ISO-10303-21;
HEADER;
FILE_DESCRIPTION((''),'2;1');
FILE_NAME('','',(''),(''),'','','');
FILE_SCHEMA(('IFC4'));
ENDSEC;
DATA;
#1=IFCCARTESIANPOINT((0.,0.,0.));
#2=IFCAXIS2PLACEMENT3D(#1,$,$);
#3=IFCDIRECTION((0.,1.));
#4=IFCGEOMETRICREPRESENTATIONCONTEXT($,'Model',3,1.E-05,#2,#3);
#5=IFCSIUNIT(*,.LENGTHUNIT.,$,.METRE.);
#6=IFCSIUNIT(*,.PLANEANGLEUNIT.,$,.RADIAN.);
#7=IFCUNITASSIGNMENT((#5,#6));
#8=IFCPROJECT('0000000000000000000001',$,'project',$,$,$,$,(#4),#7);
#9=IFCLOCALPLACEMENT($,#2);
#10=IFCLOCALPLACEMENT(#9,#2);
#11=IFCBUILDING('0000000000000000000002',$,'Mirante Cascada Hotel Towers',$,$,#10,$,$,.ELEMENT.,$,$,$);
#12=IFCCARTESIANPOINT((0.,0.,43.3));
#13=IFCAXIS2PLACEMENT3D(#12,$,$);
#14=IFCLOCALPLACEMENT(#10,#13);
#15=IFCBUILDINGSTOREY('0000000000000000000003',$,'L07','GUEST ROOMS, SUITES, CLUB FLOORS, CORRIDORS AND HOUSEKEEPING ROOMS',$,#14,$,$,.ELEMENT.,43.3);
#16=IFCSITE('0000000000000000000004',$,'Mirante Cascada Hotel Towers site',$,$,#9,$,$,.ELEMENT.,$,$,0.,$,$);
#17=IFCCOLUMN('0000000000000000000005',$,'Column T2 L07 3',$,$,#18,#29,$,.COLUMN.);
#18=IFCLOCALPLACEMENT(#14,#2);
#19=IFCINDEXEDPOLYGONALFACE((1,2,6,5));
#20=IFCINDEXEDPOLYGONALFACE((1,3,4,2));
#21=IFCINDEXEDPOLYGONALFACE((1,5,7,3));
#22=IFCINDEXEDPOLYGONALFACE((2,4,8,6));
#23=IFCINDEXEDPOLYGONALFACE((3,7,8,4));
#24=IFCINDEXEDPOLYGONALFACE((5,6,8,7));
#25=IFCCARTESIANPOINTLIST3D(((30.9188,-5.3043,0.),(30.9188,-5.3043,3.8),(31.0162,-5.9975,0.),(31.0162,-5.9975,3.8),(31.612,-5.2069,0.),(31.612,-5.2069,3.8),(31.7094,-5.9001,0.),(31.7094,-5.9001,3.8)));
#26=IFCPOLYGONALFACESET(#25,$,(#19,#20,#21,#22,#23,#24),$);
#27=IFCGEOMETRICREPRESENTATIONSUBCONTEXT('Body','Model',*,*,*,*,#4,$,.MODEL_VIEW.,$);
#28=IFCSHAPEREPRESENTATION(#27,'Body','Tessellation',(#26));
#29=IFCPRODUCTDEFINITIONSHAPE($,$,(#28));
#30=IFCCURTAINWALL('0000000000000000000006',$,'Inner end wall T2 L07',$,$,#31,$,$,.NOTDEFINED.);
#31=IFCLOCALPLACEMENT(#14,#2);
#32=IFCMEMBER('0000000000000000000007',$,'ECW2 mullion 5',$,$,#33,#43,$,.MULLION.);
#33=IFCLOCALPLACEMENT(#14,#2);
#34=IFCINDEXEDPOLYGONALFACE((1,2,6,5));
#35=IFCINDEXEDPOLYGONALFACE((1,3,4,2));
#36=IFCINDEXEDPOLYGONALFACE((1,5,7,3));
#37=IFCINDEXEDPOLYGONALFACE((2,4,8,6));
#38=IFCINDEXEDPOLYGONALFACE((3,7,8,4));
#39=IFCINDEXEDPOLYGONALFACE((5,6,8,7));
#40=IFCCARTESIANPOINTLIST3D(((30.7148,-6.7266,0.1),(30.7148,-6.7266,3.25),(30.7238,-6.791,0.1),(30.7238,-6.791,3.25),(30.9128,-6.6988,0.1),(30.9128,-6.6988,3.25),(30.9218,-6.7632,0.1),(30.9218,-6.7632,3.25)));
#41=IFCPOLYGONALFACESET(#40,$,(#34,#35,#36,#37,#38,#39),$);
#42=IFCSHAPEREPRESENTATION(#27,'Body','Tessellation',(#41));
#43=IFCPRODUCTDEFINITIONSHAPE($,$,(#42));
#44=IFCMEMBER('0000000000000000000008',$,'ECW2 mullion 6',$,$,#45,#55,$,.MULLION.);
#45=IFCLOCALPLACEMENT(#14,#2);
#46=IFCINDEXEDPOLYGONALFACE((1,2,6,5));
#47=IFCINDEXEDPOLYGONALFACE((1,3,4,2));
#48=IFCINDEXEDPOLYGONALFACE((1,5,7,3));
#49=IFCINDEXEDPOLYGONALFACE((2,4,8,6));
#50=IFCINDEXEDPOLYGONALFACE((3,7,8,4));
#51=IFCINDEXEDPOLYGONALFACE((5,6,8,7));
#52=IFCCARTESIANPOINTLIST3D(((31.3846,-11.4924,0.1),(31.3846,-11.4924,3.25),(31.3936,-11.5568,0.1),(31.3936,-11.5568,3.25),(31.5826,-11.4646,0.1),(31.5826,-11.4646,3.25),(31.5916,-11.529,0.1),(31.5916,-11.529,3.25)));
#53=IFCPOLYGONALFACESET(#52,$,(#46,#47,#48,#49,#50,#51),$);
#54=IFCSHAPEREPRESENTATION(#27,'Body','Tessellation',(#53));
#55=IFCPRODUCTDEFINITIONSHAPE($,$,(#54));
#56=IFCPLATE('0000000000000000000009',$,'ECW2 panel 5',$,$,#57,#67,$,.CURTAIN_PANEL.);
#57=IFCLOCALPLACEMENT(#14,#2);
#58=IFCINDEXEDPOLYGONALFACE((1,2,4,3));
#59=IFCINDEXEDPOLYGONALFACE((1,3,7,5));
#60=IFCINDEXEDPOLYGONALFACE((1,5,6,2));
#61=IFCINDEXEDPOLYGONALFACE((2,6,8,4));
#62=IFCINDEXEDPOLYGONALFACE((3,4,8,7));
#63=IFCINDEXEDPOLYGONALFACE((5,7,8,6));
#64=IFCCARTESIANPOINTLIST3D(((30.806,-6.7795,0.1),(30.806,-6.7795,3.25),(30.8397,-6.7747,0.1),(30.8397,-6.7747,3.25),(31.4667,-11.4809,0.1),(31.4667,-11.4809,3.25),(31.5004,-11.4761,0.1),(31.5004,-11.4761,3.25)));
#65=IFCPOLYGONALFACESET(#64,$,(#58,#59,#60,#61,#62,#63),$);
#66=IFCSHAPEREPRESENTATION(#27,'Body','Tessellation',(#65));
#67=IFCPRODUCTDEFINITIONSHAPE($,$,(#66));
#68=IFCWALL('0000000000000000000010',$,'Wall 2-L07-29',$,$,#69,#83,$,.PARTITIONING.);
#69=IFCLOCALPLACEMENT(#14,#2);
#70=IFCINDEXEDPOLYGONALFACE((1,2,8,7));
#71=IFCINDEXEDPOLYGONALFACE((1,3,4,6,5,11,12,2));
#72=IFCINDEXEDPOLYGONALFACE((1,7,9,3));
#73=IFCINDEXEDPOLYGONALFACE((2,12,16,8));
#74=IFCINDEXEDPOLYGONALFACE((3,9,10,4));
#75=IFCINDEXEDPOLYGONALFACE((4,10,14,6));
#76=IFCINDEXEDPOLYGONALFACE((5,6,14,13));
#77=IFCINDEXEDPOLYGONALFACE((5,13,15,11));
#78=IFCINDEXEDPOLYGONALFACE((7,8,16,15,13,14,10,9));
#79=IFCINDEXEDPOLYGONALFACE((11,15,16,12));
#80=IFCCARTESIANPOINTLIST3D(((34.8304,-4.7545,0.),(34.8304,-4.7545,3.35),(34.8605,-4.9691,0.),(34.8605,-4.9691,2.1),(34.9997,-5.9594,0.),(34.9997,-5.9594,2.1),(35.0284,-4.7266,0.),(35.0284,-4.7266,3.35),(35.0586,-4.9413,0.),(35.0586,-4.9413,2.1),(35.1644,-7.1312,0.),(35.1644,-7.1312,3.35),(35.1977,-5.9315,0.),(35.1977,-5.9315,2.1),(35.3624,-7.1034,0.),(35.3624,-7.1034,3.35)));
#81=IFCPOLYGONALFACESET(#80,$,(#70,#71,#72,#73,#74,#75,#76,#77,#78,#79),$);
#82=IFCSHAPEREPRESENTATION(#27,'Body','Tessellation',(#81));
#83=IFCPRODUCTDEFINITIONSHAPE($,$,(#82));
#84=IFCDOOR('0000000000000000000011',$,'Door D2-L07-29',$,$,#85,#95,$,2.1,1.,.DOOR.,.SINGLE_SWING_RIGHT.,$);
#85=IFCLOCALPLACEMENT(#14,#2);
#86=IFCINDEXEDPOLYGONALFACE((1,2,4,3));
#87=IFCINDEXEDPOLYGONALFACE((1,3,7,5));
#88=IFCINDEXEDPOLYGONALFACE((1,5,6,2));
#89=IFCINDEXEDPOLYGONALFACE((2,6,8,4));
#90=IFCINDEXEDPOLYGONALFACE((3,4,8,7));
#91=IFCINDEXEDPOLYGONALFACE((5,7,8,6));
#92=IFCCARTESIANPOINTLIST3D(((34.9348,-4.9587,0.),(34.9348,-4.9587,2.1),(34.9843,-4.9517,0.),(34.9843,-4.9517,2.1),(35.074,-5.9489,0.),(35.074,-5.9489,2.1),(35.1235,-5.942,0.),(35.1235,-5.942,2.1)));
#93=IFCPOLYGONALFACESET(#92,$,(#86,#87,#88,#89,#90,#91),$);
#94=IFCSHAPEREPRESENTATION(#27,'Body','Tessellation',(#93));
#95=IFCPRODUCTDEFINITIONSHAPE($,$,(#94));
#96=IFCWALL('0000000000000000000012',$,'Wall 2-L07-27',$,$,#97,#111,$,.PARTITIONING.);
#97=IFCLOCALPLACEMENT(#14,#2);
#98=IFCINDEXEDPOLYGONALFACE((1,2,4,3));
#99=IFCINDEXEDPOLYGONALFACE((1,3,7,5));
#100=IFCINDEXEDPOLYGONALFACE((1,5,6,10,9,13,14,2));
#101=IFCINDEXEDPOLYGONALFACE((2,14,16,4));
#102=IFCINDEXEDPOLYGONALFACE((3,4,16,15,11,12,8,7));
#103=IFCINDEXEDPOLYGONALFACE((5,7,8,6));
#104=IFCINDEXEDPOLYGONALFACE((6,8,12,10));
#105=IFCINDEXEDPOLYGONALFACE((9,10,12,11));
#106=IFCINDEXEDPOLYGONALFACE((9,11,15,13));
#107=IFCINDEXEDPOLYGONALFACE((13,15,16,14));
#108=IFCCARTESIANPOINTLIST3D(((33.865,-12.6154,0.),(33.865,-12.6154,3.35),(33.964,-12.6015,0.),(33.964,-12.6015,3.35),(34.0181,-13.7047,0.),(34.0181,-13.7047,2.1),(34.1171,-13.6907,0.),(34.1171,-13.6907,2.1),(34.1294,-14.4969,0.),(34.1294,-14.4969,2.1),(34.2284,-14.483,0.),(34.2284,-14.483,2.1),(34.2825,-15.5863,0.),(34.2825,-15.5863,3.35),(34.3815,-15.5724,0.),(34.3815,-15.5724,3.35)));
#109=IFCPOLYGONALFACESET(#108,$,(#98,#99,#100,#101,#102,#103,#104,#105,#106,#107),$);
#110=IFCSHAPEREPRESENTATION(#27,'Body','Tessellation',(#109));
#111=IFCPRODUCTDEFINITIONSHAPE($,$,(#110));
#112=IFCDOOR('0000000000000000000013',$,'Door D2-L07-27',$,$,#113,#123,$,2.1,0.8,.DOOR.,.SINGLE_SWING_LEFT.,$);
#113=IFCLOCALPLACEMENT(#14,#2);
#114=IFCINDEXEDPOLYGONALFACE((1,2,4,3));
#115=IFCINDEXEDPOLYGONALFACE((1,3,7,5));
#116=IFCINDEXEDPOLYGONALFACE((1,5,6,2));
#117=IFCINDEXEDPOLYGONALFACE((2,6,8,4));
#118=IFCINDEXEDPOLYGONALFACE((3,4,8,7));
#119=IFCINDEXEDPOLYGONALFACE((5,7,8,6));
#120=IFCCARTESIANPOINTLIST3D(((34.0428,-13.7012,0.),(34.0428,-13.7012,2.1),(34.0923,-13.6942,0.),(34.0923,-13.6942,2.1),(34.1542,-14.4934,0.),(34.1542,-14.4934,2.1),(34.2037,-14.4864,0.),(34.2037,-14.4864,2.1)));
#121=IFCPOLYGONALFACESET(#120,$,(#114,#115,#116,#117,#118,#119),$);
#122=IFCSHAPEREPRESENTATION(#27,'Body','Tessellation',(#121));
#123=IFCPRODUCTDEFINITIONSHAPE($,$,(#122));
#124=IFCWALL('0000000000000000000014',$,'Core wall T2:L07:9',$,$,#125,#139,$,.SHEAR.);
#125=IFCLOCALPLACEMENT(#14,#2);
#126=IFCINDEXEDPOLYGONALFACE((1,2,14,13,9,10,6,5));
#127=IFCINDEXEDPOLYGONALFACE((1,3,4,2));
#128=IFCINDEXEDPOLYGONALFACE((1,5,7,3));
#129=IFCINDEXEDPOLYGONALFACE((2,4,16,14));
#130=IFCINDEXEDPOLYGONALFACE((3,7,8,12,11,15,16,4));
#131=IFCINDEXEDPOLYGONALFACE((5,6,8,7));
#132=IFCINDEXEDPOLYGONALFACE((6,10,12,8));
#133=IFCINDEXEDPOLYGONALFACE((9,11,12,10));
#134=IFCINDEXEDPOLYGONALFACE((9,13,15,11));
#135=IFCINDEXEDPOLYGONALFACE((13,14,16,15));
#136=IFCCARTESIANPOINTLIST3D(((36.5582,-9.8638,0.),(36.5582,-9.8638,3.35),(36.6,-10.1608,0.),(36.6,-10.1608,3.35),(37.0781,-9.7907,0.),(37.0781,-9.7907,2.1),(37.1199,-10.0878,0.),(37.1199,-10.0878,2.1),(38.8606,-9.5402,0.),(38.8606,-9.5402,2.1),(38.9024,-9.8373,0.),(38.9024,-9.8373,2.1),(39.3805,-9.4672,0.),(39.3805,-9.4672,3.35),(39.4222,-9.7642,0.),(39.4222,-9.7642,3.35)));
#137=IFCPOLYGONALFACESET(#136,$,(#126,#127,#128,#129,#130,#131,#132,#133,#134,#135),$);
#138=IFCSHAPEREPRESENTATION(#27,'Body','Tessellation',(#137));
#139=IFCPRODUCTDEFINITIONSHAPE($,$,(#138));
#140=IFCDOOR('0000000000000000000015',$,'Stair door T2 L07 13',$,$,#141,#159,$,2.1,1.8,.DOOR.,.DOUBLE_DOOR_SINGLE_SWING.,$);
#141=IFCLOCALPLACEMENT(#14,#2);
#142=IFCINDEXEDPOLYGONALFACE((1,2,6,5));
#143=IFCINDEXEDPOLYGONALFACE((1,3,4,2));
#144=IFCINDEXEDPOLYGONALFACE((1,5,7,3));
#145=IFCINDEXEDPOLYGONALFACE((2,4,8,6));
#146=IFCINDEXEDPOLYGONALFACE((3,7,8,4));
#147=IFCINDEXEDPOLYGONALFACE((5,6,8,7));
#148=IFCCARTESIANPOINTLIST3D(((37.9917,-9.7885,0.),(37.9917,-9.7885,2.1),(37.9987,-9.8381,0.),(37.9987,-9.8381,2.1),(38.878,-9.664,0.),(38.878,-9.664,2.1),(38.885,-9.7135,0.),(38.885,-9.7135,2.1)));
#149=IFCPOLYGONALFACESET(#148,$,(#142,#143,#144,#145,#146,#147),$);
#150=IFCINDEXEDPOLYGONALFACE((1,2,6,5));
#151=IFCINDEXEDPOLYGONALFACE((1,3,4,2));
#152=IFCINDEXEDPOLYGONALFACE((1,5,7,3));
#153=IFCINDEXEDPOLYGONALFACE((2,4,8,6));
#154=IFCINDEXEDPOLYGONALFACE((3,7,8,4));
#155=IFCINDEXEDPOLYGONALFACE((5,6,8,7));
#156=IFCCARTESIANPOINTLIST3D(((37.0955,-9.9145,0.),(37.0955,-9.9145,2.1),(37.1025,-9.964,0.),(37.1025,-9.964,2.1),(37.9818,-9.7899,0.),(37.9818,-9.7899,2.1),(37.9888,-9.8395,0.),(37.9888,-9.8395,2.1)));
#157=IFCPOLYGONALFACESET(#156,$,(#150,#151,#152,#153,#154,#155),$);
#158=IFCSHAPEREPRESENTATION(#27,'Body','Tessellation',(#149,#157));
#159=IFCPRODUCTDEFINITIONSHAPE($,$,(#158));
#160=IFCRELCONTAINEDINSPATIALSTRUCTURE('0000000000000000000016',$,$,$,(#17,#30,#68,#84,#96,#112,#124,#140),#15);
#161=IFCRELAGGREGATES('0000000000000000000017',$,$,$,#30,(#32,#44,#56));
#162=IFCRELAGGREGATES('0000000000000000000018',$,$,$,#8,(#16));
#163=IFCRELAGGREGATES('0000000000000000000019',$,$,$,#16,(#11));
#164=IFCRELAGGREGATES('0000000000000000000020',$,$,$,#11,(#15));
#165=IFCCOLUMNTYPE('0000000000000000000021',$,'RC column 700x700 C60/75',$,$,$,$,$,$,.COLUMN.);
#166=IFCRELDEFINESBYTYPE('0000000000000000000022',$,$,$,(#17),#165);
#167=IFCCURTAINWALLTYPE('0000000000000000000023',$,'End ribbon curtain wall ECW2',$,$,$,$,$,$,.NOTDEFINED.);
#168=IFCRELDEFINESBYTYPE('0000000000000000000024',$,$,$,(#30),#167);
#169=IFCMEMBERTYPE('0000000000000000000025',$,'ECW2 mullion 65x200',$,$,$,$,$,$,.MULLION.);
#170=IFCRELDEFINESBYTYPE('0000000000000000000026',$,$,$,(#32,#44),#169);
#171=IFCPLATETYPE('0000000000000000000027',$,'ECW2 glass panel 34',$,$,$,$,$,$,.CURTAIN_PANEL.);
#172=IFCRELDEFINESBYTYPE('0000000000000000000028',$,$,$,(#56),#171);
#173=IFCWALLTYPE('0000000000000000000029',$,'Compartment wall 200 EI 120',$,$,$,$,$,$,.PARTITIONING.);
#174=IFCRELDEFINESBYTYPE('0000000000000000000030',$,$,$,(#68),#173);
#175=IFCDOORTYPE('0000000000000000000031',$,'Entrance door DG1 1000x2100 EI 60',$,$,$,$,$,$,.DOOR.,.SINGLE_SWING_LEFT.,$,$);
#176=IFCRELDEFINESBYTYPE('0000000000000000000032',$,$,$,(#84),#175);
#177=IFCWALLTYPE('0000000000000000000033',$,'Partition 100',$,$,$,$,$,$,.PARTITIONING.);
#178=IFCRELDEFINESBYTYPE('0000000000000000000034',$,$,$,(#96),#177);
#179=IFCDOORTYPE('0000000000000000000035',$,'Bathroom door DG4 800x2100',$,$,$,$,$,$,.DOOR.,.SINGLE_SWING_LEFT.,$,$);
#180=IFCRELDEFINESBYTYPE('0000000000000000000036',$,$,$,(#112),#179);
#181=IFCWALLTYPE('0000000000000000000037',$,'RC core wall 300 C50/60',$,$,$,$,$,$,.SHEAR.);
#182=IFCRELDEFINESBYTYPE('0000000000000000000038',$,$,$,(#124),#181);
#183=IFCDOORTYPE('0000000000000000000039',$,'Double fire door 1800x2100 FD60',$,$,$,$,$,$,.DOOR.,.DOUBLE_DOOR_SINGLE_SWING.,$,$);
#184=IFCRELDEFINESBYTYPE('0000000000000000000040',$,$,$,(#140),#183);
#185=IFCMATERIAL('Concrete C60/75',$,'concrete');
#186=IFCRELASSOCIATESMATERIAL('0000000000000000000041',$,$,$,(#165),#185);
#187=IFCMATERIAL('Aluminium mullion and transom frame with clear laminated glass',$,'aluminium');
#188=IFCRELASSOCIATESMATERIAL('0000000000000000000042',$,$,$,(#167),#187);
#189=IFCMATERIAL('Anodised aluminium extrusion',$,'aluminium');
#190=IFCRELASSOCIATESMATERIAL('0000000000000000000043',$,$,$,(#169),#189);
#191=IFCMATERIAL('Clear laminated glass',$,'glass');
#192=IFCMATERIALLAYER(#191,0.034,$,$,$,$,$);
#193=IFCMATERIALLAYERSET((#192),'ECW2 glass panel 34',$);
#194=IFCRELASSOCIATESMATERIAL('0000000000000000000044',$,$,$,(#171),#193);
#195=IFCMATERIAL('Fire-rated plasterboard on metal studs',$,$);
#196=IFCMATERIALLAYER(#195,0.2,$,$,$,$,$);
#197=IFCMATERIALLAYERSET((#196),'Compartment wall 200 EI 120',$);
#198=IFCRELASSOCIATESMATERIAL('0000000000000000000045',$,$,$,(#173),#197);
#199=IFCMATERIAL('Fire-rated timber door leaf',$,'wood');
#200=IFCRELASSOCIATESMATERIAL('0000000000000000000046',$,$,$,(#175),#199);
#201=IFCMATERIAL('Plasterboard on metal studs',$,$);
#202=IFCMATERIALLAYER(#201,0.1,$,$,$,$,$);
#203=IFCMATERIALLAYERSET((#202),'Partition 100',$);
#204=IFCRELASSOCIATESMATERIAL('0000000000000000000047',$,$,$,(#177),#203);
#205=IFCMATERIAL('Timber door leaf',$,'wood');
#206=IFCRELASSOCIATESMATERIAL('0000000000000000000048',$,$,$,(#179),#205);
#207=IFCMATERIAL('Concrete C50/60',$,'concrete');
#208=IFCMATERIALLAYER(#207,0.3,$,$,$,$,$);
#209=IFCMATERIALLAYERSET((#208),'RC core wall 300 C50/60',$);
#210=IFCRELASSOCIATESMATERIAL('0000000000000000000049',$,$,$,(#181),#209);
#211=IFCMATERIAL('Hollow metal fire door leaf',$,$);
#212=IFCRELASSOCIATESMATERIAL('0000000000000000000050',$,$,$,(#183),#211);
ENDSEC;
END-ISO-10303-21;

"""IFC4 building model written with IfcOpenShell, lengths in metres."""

from ifc_helpers import new_model, si_unit, direction, frame, frame_2d, origin, origin_2d, place, context, subcontext, project, spatial, rectangle, extrude, material, layer, layer_set, material_profile, profile_set, type_object, element, fill, aggregate, save


model = new_model("IFC4")

# Units and contexts
model_context = context("Model", 3, precision=1e-05, world=origin(), true_north=direction((0.0, 1.0)))
body_context = subcontext(model_context, "Body", "Model", "MODEL_VIEW")
ifc_project = project(units=[si_unit("LENGTHUNIT", "METRE"), si_unit("PLANEANGLEUNIT", "RADIAN")], contexts=[model_context])

# Site, building, storey
site_placement = place(None, origin())
site = spatial("IfcSite", under=ifc_project, at=site_placement, Name="Mirante Cascada Hotel Towers site", CompositionType="ELEMENT", RefElevation=0.0)
building_placement = place(site_placement, origin())
building = spatial("IfcBuilding", under=site, at=building_placement, Name="Mirante Cascada Hotel Towers", CompositionType="ELEMENT")
storey_placement = place(building_placement, frame((0.0, 0.0, 43.3)))
storey = spatial("IfcBuildingStorey", under=building, at=storey_placement, Name="L07", Description="GUEST ROOMS, SUITES, CLUB FLOORS, CORRIDORS AND HOUSEKEEPING ROOMS", CompositionType="ELEMENT", Elevation=43.3)

# Column
ifc_material_1 = material(Name="Concrete C60/75", Category="concrete")
ifc_material_profile_1 = material_profile(ifc_material_1, rectangle(XDim=0.7, YDim=0.7, at=origin_2d()), Name="RC column 700x700 C60/75")
ifc_profile_set_1 = profile_set([ifc_material_profile_1], Name="Concrete C60/75")
column_type = type_object("IfcColumnType", Name="RC column 700x700 C60/75", PredefinedType="COLUMN", material=ifc_profile_set_1)
column_placement = place(storey_placement, frame((31.3141, -5.6022, 0.0), z_axis=(0.0, 0.0, 1.0), x_axis=(0.990268, 0.139173, 0.0)))
element("IfcColumn", 1, at=column_placement, inside=storey, type_object=column_type, Name="Column T2 L07 3", PredefinedType="COLUMN", context=body_context, shape_type="SweptSolid", body=[
    extrude(rectangle(XDim=0.7, YDim=0.7, at=origin_2d()), origin(), (0.0, 0.0, 1.0), 3.8),
])

# Curtain wall, members, plate
ifc_material_2 = material(Name="Aluminium mullion and transom frame with clear laminated glass", Category="aluminium")
curtain_wall_type = type_object("IfcCurtainWallType", Name="End ribbon curtain wall ECW2", PredefinedType="NOTDEFINED", material=ifc_material_2)
curtain_wall_placement = place(storey_placement, origin())
curtain_wall = element("IfcCurtainWall", 2, at=curtain_wall_placement, inside=storey, type_object=curtain_wall_type, Name="Inner end wall T2 L07", PredefinedType="NOTDEFINED")
ifc_material_3 = material(Name="Anodised aluminium extrusion", Category="aluminium")
ifc_material_profile_2 = material_profile(ifc_material_3, rectangle(XDim=0.2, YDim=0.065, at=origin_2d()), Name="ECW2 MULLION 65x200")
ifc_profile_set_2 = profile_set([ifc_material_profile_2], Name="Anodised aluminium extrusion")
member_type = type_object("IfcMemberType", Name="ECW2 mullion 65x200", PredefinedType="MULLION", material=ifc_profile_set_2)
member_1_placement = place(storey_placement, frame((30.8183, -6.7449, 0.1), z_axis=(0.0, 0.0, 1.0), x_axis=(0.990268, 0.139173, 0.0)))
member_1 = element("IfcMember", 3, at=member_1_placement, type_object=member_type, Name="ECW2 mullion 5", PredefinedType="MULLION", context=body_context, shape_type="SweptSolid", body=[
    extrude(rectangle(XDim=0.2, YDim=0.065, at=origin_2d()), origin(), (0.0, 0.0, 1.0), 3.15),
])
member_2_placement = place(storey_placement, frame((31.4881, -11.5107, 0.1), z_axis=(0.0, 0.0, 1.0), x_axis=(0.990268, 0.139173, 0.0)))
member_2 = element("IfcMember", 4, at=member_2_placement, type_object=member_type, Name="ECW2 mullion 6", PredefinedType="MULLION", context=body_context, shape_type="SweptSolid", body=[
    extrude(rectangle(XDim=0.2, YDim=0.065, at=origin_2d()), origin(), (0.0, 0.0, 1.0), 3.15),
])
ifc_material_4 = material(Name="Clear laminated glass", Category="glass")
ifc_layer_1 = layer(ifc_material_4, 0.034)
ifc_layer_set_1 = layer_set([ifc_layer_1], Name="ECW2 glass panel 34")
plate_type = type_object("IfcPlateType", Name="ECW2 glass panel 34", PredefinedType="CURTAIN_PANEL", material=ifc_layer_set_1)
plate_placement = place(storey_placement, frame((31.1532, -9.1278, 0.1), z_axis=(0.0, 0.0, 1.0), x_axis=(0.139173, -0.990268, 0.0)))
plate = element("IfcPlate", 5, at=plate_placement, type_object=plate_type, Name="ECW2 panel 5", PredefinedType="CURTAIN_PANEL", context=body_context, shape_type="SweptSolid", body=[
    extrude(rectangle(XDim=4.7476, YDim=0.034, at=origin_2d()), origin(), (0.0, 0.0, 1.0), 3.15),
])
aggregate(curtain_wall, [member_1, member_2, plate])

# Walls, openings, doors
ifc_material_5 = material(Name="Fire-rated plasterboard on metal studs")
ifc_layer_2 = layer(ifc_material_5, 0.2)
ifc_layer_set_2 = layer_set([ifc_layer_2], Name="Compartment wall 200 EI 120")
wall_type_1 = type_object("IfcWallType", Name="Compartment wall 200 EI 120", PredefinedType="PARTITIONING", material=ifc_layer_set_2)
wall_1_placement = place(storey_placement, frame((34.9294, -4.7406, 0.0), z_axis=(0.0, 0.0, 1.0), x_axis=(0.139163, -0.990269, 0.0)))
wall_1 = element("IfcWall", 6, at=wall_1_placement, inside=storey, type_object=wall_type_1, Name="Wall 2-L07-29", PredefinedType="PARTITIONING", context=body_context, shape_type="SweptSolid", body=[
    extrude(rectangle(XDim=2.4001, YDim=0.2, at=frame_2d((1.2, 0.0))), origin(), (0.0, 0.0, 1.0), 3.35),
])
opening_1_placement = place(wall_1_placement, frame((0.2167, 0.0, 0.0)))
opening_1 = element("IfcOpeningElement", 7, at=opening_1_placement, cuts=wall_1, PredefinedType="OPENING", context=body_context, shape_type="SweptSolid", body=[
    extrude(rectangle(XDim=1.0, YDim=2.1, at=frame_2d((0.5, 1.05))), frame((0.0, 0.1, 0.0), z_axis=(0.0, -1.0, 0.0), x_axis=(1.0, 0.0, 0.0)), (0.0, 0.0, 1.0), 0.2),
])
ifc_material_6 = material(Name="Fire-rated timber door leaf", Category="wood")
door_type_1 = type_object("IfcDoorType", Name="Entrance door DG1 1000x2100 EI 60", OperationType="SINGLE_SWING_LEFT", PredefinedType="DOOR", material=ifc_material_6)
door_1_placement = place(opening_1_placement, frame((1.0, 0.0, 0.0), z_axis=(0.0, 0.0, 1.0), x_axis=(-1.0, 0.0, 0.0)))
door_1 = element("IfcDoor", 8, at=door_1_placement, inside=storey, type_object=door_type_1, Name="Door D2-L07-29", OperationType="SINGLE_SWING_RIGHT", OverallHeight=2.1, OverallWidth=1.0, PredefinedType="DOOR", context=body_context, shape_type="SweptSolid", body=[
    extrude(rectangle(XDim=1.0, YDim=2.1, at=frame_2d((0.5, 1.05))), frame((0.0, 0.025, 0.0), z_axis=(0.0, -1.0, 0.0), x_axis=(1.0, 0.0, 0.0)), (0.0, 0.0, 1.0), 0.05),
])
fill(opening_1, door_1)
ifc_material_7 = material(Name="Plasterboard on metal studs")
ifc_layer_3 = layer(ifc_material_7, 0.1)
ifc_layer_set_3 = layer_set([ifc_layer_3], Name="Partition 100")
wall_type_2 = type_object("IfcWallType", Name="Partition 100", PredefinedType="PARTITIONING", material=ifc_layer_set_3)
wall_2_placement = place(storey_placement, frame((33.9145, -12.6084, 0.0), z_axis=(0.0, 0.0, 1.0), x_axis=(0.139162, -0.99027, 0.0)))
wall_2 = element("IfcWall", 9, at=wall_2_placement, inside=storey, type_object=wall_type_2, Name="Wall 2-L07-27", PredefinedType="PARTITIONING", context=body_context, shape_type="SweptSolid", body=[
    extrude(rectangle(XDim=3.0001, YDim=0.1, at=frame_2d((1.5001, 0.0))), origin(), (0.0, 0.0, 1.0), 3.35),
])
opening_2_placement = place(wall_2_placement, frame((1.1, 0.0, 0.0)))
opening_2 = element("IfcOpeningElement", 10, at=opening_2_placement, cuts=wall_2, PredefinedType="OPENING", context=body_context, shape_type="SweptSolid", body=[
    extrude(rectangle(XDim=0.8, YDim=2.1, at=frame_2d((0.4, 1.05))), frame((0.0, 0.05, 0.0), z_axis=(0.0, -1.0, 0.0), x_axis=(1.0, 0.0, 0.0)), (0.0, 0.0, 1.0), 0.1),
])
ifc_material_8 = material(Name="Timber door leaf", Category="wood")
door_type_2 = type_object("IfcDoorType", Name="Bathroom door DG4 800x2100", OperationType="SINGLE_SWING_LEFT", PredefinedType="DOOR", material=ifc_material_8)
door_2_placement = place(opening_2_placement, origin())
door_2 = element("IfcDoor", 11, at=door_2_placement, inside=storey, type_object=door_type_2, Name="Door D2-L07-27", OperationType="SINGLE_SWING_LEFT", OverallHeight=2.1, OverallWidth=0.8, PredefinedType="DOOR", context=body_context, shape_type="SweptSolid", body=[
    extrude(rectangle(XDim=0.8, YDim=2.1, at=frame_2d((0.4, 1.05))), frame((0.0, 0.025, 0.0), z_axis=(0.0, -1.0, 0.0), x_axis=(1.0, 0.0, 0.0)), (0.0, 0.0, 1.0), 0.05),
])
fill(opening_2, door_2)
ifc_material_9 = material(Name="Concrete C50/60", Category="concrete")
ifc_layer_4 = layer(ifc_material_9, 0.3)
ifc_layer_set_4 = layer_set([ifc_layer_4], Name="RC core wall 300 C50/60")
wall_type_3 = type_object("IfcWallType", Name="RC core wall 300 C50/60", PredefinedType="SHEAR", material=ifc_layer_set_4)
wall_3_placement = place(storey_placement, frame((36.5791, -10.0123, 0.0), z_axis=(0.0, 0.0, 1.0), x_axis=(0.99027, 0.139156, 0.0)))
wall_3 = element("IfcWall", 12, at=wall_3_placement, inside=storey, type_object=wall_type_3, Name="Core wall T2:L07:9", PredefinedType="SHEAR", context=body_context, shape_type="SweptSolid", body=[
    extrude(rectangle(XDim=2.85, YDim=0.3, at=frame_2d((1.425, 0.0))), origin(), (0.0, 0.0, 1.0), 3.35),
])
opening_3_placement = place(wall_3_placement, frame((0.525, 0.0, 0.0)))
opening_3 = element("IfcOpeningElement", 13, at=opening_3_placement, cuts=wall_3, PredefinedType="OPENING", context=body_context, shape_type="SweptSolid", body=[
    extrude(rectangle(XDim=1.8, YDim=2.1, at=frame_2d((0.9, 1.05))), frame((0.0, 0.15, 0.0), z_axis=(0.0, -1.0, 0.0), x_axis=(1.0, 0.0, 0.0)), (0.0, 0.0, 1.0), 0.3),
])
ifc_material_10 = material(Name="Hollow metal fire door leaf")
door_type_3 = type_object("IfcDoorType", Name="Double fire door 1800x2100 FD60", OperationType="DOUBLE_DOOR_SINGLE_SWING", PredefinedType="DOOR", material=ifc_material_10)
door_3_placement = place(opening_3_placement, frame((1.8, 0.0, 0.0), z_axis=(0.0, 0.0, 1.0), x_axis=(-1.0, 0.0, 0.0)))
door_3 = element("IfcDoor", 14, at=door_3_placement, inside=storey, type_object=door_type_3, Name="Stair door T2 L07 13", OperationType="DOUBLE_DOOR_SINGLE_SWING", OverallHeight=2.1, OverallWidth=1.8, PredefinedType="DOOR", context=body_context, shape_type="SweptSolid", body=[
    extrude(rectangle(XDim=0.895, YDim=2.1, at=frame_2d((0.4475, 1.05))), frame((0.0, 0.025, 0.0), z_axis=(0.0, -1.0, 0.0), x_axis=(1.0, 0.0, 0.0)), (0.0, 0.0, 1.0), 0.05),
    extrude(rectangle(XDim=0.895, YDim=2.1, at=frame_2d((1.3525, 1.05))), frame((0.0, 0.025, 0.0), z_axis=(0.0, -1.0, 0.0), x_axis=(1.0, 0.0, 0.0)), (0.0, 0.0, 1.0), 0.05),
])
fill(opening_3, door_3)

save(model, "model.ifc")
